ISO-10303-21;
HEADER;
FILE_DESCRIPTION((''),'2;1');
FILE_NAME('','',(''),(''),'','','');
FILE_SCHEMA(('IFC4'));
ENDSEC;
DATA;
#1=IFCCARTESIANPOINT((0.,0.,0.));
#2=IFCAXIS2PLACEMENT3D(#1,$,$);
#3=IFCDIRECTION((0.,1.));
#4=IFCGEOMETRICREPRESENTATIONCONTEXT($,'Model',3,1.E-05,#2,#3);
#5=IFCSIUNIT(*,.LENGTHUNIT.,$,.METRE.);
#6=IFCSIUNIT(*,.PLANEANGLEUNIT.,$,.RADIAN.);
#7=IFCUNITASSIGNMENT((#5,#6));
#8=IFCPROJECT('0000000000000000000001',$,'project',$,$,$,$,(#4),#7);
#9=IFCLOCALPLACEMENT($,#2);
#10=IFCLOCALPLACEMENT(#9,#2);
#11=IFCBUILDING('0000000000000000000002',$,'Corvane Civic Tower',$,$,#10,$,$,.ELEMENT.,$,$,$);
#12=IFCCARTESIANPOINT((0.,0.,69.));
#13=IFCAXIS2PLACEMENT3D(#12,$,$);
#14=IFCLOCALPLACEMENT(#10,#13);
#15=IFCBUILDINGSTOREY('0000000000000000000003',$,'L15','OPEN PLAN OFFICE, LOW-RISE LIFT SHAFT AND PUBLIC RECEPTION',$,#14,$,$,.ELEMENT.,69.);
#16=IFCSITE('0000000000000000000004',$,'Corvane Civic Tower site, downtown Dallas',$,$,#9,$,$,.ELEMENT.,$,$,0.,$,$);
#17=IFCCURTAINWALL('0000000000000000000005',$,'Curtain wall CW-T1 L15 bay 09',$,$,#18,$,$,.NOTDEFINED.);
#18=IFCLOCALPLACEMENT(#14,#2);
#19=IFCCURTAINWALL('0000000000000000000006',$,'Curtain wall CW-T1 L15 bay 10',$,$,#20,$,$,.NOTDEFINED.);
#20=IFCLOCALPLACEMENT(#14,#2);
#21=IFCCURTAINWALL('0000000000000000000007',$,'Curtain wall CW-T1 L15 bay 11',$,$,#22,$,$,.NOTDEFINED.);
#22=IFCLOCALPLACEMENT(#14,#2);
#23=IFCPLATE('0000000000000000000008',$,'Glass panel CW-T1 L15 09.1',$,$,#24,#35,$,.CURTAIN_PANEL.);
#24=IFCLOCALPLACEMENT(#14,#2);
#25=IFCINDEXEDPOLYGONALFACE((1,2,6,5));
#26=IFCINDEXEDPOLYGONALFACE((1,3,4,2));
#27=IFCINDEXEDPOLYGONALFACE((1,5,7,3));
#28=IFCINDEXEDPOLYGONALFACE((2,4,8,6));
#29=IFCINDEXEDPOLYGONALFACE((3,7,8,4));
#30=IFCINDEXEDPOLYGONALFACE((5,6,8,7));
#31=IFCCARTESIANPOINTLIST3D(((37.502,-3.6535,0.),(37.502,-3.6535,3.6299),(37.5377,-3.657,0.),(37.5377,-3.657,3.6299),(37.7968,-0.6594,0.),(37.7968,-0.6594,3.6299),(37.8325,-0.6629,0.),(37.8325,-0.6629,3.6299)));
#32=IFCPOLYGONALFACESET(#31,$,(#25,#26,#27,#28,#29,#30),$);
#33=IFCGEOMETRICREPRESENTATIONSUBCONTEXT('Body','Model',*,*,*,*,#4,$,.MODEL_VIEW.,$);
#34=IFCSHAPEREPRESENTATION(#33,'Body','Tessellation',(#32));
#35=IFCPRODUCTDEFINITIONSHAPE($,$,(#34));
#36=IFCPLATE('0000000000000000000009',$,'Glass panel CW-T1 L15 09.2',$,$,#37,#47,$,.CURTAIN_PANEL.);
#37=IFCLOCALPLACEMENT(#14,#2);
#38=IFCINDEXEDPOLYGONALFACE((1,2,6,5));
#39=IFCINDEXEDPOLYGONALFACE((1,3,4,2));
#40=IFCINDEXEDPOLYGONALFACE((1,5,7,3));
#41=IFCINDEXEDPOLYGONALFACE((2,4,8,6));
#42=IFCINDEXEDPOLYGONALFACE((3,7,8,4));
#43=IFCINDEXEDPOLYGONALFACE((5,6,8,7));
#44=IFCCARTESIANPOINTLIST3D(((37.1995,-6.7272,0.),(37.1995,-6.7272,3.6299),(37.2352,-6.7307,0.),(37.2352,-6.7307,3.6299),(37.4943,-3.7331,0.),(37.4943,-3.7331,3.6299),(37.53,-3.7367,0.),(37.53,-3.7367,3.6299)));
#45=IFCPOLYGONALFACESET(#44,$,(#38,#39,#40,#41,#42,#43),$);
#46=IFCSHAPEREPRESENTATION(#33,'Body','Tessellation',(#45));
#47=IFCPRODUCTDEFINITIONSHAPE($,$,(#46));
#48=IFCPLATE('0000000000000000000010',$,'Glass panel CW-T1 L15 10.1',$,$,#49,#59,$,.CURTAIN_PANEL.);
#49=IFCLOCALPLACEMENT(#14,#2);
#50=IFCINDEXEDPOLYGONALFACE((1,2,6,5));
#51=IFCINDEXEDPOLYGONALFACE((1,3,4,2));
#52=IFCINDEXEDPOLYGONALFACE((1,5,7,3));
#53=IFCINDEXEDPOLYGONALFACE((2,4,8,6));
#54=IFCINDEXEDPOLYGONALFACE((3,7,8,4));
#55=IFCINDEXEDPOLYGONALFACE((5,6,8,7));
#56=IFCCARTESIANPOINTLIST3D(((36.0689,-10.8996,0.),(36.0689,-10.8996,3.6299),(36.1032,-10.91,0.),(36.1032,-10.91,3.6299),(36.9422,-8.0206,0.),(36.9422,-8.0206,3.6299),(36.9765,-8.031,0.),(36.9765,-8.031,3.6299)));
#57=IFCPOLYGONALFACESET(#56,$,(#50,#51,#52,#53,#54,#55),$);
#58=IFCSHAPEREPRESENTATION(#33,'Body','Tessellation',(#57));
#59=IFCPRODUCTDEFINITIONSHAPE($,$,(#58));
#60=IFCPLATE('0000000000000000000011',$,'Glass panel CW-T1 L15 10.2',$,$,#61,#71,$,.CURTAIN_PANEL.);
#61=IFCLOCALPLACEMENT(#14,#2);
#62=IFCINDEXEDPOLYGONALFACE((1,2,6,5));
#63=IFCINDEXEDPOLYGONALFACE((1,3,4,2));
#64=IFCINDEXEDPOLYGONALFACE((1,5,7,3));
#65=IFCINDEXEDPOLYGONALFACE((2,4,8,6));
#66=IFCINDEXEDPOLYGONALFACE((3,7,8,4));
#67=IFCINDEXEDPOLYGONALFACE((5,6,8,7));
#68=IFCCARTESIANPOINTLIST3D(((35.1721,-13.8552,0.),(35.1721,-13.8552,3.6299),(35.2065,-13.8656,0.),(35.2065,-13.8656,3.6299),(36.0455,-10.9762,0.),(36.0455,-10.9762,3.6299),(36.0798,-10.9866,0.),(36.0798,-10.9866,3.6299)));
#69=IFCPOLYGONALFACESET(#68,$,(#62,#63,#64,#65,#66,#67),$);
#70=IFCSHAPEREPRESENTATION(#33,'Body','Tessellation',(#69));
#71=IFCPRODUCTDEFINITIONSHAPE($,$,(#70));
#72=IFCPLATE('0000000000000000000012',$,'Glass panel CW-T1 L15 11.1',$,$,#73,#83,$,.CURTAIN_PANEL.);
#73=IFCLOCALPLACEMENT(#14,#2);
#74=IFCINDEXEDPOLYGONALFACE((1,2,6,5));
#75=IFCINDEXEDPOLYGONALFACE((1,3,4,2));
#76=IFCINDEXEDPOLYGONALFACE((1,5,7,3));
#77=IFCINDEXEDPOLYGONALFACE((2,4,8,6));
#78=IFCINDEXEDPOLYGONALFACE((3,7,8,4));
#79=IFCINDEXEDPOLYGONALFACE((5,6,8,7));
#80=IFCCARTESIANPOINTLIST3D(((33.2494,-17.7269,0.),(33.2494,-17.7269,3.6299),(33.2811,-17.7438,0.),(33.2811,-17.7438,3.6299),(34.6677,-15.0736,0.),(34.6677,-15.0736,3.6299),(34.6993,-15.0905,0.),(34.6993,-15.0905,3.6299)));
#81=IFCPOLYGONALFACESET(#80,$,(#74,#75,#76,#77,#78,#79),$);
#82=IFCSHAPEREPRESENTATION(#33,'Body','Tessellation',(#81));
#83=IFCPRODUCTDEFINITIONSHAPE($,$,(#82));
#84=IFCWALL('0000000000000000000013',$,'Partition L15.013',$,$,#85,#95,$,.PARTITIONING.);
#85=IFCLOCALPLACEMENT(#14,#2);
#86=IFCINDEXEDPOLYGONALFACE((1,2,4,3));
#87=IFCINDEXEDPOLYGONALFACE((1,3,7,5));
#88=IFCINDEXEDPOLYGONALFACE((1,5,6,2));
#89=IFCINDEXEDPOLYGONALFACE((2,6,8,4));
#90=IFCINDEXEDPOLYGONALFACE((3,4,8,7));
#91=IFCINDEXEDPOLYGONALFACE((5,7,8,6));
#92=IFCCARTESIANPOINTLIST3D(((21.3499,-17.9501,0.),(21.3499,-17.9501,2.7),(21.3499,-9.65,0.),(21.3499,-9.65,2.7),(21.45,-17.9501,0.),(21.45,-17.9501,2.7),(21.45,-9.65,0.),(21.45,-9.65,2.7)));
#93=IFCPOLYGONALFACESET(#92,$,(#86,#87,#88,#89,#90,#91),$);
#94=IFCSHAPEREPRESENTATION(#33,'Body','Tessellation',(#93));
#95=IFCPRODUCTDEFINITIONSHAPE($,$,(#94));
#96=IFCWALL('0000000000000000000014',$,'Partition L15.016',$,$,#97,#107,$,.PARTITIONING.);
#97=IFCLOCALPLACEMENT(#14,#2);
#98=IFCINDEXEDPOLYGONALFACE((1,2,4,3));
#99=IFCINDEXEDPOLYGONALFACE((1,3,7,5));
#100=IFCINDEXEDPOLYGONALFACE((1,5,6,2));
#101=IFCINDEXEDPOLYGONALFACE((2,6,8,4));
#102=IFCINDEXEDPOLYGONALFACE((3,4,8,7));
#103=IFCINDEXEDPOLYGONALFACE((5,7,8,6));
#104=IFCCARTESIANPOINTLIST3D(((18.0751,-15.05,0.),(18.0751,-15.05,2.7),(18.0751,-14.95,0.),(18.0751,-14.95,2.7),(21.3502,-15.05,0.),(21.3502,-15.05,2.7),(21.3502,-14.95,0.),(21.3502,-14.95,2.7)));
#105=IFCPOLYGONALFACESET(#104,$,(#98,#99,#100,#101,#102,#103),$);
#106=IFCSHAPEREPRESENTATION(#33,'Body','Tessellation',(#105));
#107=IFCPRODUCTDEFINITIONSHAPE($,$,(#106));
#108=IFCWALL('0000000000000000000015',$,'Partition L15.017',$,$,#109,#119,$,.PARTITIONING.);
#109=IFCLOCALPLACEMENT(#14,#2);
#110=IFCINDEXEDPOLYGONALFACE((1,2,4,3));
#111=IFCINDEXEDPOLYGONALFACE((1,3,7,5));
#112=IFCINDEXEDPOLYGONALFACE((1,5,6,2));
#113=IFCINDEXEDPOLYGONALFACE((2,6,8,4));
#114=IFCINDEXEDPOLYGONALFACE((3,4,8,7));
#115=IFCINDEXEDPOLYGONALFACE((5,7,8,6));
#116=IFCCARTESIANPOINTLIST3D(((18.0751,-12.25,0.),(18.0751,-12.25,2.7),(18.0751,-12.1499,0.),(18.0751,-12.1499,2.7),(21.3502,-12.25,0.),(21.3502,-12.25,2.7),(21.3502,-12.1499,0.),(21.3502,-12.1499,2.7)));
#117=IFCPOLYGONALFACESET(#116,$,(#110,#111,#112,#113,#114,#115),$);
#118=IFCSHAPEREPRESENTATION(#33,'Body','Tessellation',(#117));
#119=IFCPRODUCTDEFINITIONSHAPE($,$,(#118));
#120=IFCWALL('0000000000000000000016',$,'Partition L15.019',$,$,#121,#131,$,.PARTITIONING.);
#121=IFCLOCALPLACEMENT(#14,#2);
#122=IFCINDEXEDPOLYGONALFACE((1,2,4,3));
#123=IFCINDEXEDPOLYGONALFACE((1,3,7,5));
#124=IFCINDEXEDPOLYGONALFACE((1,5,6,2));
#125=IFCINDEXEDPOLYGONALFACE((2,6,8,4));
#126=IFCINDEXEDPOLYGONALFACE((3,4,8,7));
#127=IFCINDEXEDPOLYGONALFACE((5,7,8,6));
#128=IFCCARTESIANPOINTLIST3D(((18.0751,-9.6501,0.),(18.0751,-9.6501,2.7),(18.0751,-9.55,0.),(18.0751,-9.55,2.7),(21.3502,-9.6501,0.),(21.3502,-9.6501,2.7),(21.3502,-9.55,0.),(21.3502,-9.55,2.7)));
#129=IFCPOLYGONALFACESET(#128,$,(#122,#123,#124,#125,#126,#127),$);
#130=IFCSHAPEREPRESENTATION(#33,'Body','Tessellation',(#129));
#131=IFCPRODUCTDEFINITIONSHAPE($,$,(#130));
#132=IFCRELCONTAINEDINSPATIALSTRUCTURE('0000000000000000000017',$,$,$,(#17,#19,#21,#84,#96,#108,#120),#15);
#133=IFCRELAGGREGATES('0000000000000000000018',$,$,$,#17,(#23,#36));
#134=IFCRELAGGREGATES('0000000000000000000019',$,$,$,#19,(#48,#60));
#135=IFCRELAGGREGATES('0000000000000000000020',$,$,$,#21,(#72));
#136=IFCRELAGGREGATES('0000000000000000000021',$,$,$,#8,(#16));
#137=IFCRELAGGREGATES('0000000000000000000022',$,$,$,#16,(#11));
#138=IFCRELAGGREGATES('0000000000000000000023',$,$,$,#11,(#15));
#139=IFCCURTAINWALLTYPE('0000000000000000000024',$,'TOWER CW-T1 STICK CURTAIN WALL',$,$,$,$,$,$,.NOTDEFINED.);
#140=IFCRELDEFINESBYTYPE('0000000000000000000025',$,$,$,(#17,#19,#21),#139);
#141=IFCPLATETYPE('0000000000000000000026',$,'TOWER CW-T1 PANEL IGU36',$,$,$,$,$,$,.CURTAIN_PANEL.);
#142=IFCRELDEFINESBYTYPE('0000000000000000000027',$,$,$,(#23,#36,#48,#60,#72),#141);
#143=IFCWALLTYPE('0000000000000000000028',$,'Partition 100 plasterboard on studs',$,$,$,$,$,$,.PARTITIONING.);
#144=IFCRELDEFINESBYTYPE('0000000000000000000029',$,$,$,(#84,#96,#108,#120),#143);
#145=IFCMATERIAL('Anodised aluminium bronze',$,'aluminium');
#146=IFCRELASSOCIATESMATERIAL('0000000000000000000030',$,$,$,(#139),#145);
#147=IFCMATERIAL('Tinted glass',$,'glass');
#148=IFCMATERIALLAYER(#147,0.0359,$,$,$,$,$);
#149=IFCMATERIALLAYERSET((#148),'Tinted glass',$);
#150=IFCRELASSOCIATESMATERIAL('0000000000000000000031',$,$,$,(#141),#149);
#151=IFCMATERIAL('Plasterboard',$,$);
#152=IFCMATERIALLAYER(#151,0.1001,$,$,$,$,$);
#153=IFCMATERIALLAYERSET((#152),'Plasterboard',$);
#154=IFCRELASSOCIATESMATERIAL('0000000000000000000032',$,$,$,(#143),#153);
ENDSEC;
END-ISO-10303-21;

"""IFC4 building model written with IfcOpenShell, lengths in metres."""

from ifc_helpers import new_model, si_unit, direction, frame, frame_2d, origin, origin_2d, place, context, subcontext, project, spatial, rectangle, extrude, material, layer, layer_set, type_object, element, aggregate, save


model = new_model("IFC4")

# Units and contexts
model_context = context("Model", 3, precision=1e-05, world=origin(), true_north=direction((0.0, 1.0)))
body_context = subcontext(model_context, "Body", "Model", "MODEL_VIEW")
ifc_project = project(units=[si_unit("LENGTHUNIT", "METRE"), si_unit("PLANEANGLEUNIT", "RADIAN")], contexts=[model_context])

# Site, building, storey
site_placement = place(None, origin())
site = spatial("IfcSite", under=ifc_project, at=site_placement, Name="Corvane Civic Tower site, downtown Dallas", CompositionType="ELEMENT", RefElevation=0.0)
building_placement = place(site_placement, origin())
building = spatial("IfcBuilding", under=site, at=building_placement, Name="Corvane Civic Tower", CompositionType="ELEMENT")
storey_placement = place(building_placement, frame((0.0, 0.0, 69.0)))
storey = spatial("IfcBuildingStorey", under=building, at=storey_placement, Name="L15", Description="OPEN PLAN OFFICE, LOW-RISE LIFT SHAFT AND PUBLIC RECEPTION", CompositionType="ELEMENT", Elevation=69.0)

# Curtain walls
ifc_material_1 = material(Name="Anodised aluminium bronze", Category="aluminium")
curtain_wall_type = type_object("IfcCurtainWallType", Name="TOWER CW-T1 STICK CURTAIN WALL", PredefinedType="NOTDEFINED", material=ifc_material_1)
curtain_wall_1_placement = place(storey_placement, origin())
curtain_wall_1 = element("IfcCurtainWall", 1, at=curtain_wall_1_placement, inside=storey, type_object=curtain_wall_type, Name="Curtain wall CW-T1 L15 bay 09", PredefinedType="NOTDEFINED")
curtain_wall_2_placement = place(storey_placement, origin())
curtain_wall_2 = element("IfcCurtainWall", 2, at=curtain_wall_2_placement, inside=storey, type_object=curtain_wall_type, Name="Curtain wall CW-T1 L15 bay 10", PredefinedType="NOTDEFINED")
curtain_wall_3_placement = place(storey_placement, origin())
curtain_wall_3 = element("IfcCurtainWall", 3, at=curtain_wall_3_placement, inside=storey, type_object=curtain_wall_type, Name="Curtain wall CW-T1 L15 bay 11", PredefinedType="NOTDEFINED")

# Plates
ifc_material_2 = material(Name="Tinted glass", Category="glass")
ifc_layer_1 = layer(ifc_material_2, 0.0359)
ifc_layer_set_1 = layer_set([ifc_layer_1], Name="Tinted glass")
plate_type = type_object("IfcPlateType", Name="TOWER CW-T1 PANEL IGU36", PredefinedType="CURTAIN_PANEL", material=ifc_layer_set_1)
plate_1_placement = place(storey_placement, frame((37.6672, -2.1582, 0.0), z_axis=(0.0, 0.0, 1.0), x_axis=(-0.098006, -0.995186, 0.0)))
plate_1 = element("IfcPlate", 4, at=plate_1_placement, type_object=plate_type, Name="Glass panel CW-T1 L15 09.1", PredefinedType="CURTAIN_PANEL", context=body_context, shape_type="SweptSolid", body=[
    extrude(rectangle(XDim=3.0085, YDim=0.0359, at=origin_2d()), origin(), (0.0, 0.0, 1.0), 3.6299),
])
plate_2_placement = place(storey_placement, frame((37.3647, -5.2319, 0.0), z_axis=(0.0, 0.0, 1.0), x_axis=(-0.098006, -0.995186, 0.0)))
plate_2 = element("IfcPlate", 5, at=plate_2_placement, type_object=plate_type, Name="Glass panel CW-T1 L15 09.2", PredefinedType="CURTAIN_PANEL", context=body_context, shape_type="SweptSolid", body=[
    extrude(rectangle(XDim=3.0085, YDim=0.0359, at=origin_2d()), origin(), (0.0, 0.0, 1.0), 3.6299),
])
aggregate(curtain_wall_1, [plate_1, plate_2])
plate_3_placement = place(storey_placement, frame((36.5227, -9.4653, 0.0), z_axis=(0.0, 0.0, 1.0), x_axis=(-0.290278, -0.956942, 0.0)))
plate_3 = element("IfcPlate", 6, at=plate_3_placement, type_object=plate_type, Name="Glass panel CW-T1 L15 10.1", PredefinedType="CURTAIN_PANEL", context=body_context, shape_type="SweptSolid", body=[
    extrude(rectangle(XDim=3.0085, YDim=0.0359, at=origin_2d()), origin(), (0.0, 0.0, 1.0), 3.6299),
])
plate_4_placement = place(storey_placement, frame((35.626, -12.4209, 0.0), z_axis=(0.0, 0.0, 1.0), x_axis=(-0.290278, -0.956942, 0.0)))
plate_4 = element("IfcPlate", 7, at=plate_4_placement, type_object=plate_type, Name="Glass panel CW-T1 L15 10.2", PredefinedType="CURTAIN_PANEL", context=body_context, shape_type="SweptSolid", body=[
    extrude(rectangle(XDim=3.0085, YDim=0.0359, at=origin_2d()), origin(), (0.0, 0.0, 1.0), 3.6299),
])
aggregate(curtain_wall_2, [plate_3, plate_4])
plate_5_placement = place(storey_placement, frame((33.9744, -16.4087, 0.0), z_axis=(0.0, 0.0, 1.0), x_axis=(-0.471404, -0.881918, 0.0)))
plate_5 = element("IfcPlate", 8, at=plate_5_placement, type_object=plate_type, Name="Glass panel CW-T1 L15 11.1", PredefinedType="CURTAIN_PANEL", context=body_context, shape_type="SweptSolid", body=[
    extrude(rectangle(XDim=3.0085, YDim=0.0359, at=origin_2d()), origin(), (0.0, 0.0, 1.0), 3.6299),
])
aggregate(curtain_wall_3, [plate_5])

# Walls
ifc_material_3 = material(Name="Plasterboard")
ifc_layer_2 = layer(ifc_material_3, 0.1001)
ifc_layer_set_2 = layer_set([ifc_layer_2], Name="Plasterboard")
wall_type = type_object("IfcWallType", Name="Partition 100 plasterboard on studs", PredefinedType="PARTITIONING", material=ifc_layer_set_2)
wall_placement = place(storey_placement, frame((21.3999, -17.95, 0.0), z_axis=(0.0, 0.0, 1.0), x_axis=(0.0, 1.0, 0.0)))
element("IfcWall", 9, at=wall_placement, inside=storey, type_object=wall_type, Name="Partition L15.013", PredefinedType="PARTITIONING", context=body_context, shape_type="SweptSolid", body=[
    extrude(rectangle(XDim=8.3, YDim=0.1001, at=frame_2d((4.1499, 0.0))), origin(), (0.0, 0.0, 1.0), 2.7),
])
for number, where, z_axis, x_axis, name in (
    (10, (18.075, -15.0, 0.0), (0.0, 0.0, 1.0), (1.0, 0.0, 0.0), "Partition L15.016"),
    (11, (18.075, -12.2, 0.0), (0.0, 0.0, 1.0), (1.0, 0.0, 0.0), "Partition L15.017"),
    (12, (18.075, -9.6001, 0.0), (0.0, 0.0, 1.0), (1.0, 0.0, 0.0), "Partition L15.019"),
):
    element("IfcWall", number, at=place(storey_placement, frame(where, z_axis=z_axis, x_axis=x_axis)), inside=storey, type_object=wall_type, Name=name, PredefinedType="PARTITIONING", context=body_context, shape_type="SweptSolid", body=[
        extrude(rectangle(XDim=3.2751, YDim=0.1001, at=frame_2d((1.6377, 0.0))), origin(), (0.0, 0.0, 1.0), 2.7),
    ])

save(model, "model.ifc")
